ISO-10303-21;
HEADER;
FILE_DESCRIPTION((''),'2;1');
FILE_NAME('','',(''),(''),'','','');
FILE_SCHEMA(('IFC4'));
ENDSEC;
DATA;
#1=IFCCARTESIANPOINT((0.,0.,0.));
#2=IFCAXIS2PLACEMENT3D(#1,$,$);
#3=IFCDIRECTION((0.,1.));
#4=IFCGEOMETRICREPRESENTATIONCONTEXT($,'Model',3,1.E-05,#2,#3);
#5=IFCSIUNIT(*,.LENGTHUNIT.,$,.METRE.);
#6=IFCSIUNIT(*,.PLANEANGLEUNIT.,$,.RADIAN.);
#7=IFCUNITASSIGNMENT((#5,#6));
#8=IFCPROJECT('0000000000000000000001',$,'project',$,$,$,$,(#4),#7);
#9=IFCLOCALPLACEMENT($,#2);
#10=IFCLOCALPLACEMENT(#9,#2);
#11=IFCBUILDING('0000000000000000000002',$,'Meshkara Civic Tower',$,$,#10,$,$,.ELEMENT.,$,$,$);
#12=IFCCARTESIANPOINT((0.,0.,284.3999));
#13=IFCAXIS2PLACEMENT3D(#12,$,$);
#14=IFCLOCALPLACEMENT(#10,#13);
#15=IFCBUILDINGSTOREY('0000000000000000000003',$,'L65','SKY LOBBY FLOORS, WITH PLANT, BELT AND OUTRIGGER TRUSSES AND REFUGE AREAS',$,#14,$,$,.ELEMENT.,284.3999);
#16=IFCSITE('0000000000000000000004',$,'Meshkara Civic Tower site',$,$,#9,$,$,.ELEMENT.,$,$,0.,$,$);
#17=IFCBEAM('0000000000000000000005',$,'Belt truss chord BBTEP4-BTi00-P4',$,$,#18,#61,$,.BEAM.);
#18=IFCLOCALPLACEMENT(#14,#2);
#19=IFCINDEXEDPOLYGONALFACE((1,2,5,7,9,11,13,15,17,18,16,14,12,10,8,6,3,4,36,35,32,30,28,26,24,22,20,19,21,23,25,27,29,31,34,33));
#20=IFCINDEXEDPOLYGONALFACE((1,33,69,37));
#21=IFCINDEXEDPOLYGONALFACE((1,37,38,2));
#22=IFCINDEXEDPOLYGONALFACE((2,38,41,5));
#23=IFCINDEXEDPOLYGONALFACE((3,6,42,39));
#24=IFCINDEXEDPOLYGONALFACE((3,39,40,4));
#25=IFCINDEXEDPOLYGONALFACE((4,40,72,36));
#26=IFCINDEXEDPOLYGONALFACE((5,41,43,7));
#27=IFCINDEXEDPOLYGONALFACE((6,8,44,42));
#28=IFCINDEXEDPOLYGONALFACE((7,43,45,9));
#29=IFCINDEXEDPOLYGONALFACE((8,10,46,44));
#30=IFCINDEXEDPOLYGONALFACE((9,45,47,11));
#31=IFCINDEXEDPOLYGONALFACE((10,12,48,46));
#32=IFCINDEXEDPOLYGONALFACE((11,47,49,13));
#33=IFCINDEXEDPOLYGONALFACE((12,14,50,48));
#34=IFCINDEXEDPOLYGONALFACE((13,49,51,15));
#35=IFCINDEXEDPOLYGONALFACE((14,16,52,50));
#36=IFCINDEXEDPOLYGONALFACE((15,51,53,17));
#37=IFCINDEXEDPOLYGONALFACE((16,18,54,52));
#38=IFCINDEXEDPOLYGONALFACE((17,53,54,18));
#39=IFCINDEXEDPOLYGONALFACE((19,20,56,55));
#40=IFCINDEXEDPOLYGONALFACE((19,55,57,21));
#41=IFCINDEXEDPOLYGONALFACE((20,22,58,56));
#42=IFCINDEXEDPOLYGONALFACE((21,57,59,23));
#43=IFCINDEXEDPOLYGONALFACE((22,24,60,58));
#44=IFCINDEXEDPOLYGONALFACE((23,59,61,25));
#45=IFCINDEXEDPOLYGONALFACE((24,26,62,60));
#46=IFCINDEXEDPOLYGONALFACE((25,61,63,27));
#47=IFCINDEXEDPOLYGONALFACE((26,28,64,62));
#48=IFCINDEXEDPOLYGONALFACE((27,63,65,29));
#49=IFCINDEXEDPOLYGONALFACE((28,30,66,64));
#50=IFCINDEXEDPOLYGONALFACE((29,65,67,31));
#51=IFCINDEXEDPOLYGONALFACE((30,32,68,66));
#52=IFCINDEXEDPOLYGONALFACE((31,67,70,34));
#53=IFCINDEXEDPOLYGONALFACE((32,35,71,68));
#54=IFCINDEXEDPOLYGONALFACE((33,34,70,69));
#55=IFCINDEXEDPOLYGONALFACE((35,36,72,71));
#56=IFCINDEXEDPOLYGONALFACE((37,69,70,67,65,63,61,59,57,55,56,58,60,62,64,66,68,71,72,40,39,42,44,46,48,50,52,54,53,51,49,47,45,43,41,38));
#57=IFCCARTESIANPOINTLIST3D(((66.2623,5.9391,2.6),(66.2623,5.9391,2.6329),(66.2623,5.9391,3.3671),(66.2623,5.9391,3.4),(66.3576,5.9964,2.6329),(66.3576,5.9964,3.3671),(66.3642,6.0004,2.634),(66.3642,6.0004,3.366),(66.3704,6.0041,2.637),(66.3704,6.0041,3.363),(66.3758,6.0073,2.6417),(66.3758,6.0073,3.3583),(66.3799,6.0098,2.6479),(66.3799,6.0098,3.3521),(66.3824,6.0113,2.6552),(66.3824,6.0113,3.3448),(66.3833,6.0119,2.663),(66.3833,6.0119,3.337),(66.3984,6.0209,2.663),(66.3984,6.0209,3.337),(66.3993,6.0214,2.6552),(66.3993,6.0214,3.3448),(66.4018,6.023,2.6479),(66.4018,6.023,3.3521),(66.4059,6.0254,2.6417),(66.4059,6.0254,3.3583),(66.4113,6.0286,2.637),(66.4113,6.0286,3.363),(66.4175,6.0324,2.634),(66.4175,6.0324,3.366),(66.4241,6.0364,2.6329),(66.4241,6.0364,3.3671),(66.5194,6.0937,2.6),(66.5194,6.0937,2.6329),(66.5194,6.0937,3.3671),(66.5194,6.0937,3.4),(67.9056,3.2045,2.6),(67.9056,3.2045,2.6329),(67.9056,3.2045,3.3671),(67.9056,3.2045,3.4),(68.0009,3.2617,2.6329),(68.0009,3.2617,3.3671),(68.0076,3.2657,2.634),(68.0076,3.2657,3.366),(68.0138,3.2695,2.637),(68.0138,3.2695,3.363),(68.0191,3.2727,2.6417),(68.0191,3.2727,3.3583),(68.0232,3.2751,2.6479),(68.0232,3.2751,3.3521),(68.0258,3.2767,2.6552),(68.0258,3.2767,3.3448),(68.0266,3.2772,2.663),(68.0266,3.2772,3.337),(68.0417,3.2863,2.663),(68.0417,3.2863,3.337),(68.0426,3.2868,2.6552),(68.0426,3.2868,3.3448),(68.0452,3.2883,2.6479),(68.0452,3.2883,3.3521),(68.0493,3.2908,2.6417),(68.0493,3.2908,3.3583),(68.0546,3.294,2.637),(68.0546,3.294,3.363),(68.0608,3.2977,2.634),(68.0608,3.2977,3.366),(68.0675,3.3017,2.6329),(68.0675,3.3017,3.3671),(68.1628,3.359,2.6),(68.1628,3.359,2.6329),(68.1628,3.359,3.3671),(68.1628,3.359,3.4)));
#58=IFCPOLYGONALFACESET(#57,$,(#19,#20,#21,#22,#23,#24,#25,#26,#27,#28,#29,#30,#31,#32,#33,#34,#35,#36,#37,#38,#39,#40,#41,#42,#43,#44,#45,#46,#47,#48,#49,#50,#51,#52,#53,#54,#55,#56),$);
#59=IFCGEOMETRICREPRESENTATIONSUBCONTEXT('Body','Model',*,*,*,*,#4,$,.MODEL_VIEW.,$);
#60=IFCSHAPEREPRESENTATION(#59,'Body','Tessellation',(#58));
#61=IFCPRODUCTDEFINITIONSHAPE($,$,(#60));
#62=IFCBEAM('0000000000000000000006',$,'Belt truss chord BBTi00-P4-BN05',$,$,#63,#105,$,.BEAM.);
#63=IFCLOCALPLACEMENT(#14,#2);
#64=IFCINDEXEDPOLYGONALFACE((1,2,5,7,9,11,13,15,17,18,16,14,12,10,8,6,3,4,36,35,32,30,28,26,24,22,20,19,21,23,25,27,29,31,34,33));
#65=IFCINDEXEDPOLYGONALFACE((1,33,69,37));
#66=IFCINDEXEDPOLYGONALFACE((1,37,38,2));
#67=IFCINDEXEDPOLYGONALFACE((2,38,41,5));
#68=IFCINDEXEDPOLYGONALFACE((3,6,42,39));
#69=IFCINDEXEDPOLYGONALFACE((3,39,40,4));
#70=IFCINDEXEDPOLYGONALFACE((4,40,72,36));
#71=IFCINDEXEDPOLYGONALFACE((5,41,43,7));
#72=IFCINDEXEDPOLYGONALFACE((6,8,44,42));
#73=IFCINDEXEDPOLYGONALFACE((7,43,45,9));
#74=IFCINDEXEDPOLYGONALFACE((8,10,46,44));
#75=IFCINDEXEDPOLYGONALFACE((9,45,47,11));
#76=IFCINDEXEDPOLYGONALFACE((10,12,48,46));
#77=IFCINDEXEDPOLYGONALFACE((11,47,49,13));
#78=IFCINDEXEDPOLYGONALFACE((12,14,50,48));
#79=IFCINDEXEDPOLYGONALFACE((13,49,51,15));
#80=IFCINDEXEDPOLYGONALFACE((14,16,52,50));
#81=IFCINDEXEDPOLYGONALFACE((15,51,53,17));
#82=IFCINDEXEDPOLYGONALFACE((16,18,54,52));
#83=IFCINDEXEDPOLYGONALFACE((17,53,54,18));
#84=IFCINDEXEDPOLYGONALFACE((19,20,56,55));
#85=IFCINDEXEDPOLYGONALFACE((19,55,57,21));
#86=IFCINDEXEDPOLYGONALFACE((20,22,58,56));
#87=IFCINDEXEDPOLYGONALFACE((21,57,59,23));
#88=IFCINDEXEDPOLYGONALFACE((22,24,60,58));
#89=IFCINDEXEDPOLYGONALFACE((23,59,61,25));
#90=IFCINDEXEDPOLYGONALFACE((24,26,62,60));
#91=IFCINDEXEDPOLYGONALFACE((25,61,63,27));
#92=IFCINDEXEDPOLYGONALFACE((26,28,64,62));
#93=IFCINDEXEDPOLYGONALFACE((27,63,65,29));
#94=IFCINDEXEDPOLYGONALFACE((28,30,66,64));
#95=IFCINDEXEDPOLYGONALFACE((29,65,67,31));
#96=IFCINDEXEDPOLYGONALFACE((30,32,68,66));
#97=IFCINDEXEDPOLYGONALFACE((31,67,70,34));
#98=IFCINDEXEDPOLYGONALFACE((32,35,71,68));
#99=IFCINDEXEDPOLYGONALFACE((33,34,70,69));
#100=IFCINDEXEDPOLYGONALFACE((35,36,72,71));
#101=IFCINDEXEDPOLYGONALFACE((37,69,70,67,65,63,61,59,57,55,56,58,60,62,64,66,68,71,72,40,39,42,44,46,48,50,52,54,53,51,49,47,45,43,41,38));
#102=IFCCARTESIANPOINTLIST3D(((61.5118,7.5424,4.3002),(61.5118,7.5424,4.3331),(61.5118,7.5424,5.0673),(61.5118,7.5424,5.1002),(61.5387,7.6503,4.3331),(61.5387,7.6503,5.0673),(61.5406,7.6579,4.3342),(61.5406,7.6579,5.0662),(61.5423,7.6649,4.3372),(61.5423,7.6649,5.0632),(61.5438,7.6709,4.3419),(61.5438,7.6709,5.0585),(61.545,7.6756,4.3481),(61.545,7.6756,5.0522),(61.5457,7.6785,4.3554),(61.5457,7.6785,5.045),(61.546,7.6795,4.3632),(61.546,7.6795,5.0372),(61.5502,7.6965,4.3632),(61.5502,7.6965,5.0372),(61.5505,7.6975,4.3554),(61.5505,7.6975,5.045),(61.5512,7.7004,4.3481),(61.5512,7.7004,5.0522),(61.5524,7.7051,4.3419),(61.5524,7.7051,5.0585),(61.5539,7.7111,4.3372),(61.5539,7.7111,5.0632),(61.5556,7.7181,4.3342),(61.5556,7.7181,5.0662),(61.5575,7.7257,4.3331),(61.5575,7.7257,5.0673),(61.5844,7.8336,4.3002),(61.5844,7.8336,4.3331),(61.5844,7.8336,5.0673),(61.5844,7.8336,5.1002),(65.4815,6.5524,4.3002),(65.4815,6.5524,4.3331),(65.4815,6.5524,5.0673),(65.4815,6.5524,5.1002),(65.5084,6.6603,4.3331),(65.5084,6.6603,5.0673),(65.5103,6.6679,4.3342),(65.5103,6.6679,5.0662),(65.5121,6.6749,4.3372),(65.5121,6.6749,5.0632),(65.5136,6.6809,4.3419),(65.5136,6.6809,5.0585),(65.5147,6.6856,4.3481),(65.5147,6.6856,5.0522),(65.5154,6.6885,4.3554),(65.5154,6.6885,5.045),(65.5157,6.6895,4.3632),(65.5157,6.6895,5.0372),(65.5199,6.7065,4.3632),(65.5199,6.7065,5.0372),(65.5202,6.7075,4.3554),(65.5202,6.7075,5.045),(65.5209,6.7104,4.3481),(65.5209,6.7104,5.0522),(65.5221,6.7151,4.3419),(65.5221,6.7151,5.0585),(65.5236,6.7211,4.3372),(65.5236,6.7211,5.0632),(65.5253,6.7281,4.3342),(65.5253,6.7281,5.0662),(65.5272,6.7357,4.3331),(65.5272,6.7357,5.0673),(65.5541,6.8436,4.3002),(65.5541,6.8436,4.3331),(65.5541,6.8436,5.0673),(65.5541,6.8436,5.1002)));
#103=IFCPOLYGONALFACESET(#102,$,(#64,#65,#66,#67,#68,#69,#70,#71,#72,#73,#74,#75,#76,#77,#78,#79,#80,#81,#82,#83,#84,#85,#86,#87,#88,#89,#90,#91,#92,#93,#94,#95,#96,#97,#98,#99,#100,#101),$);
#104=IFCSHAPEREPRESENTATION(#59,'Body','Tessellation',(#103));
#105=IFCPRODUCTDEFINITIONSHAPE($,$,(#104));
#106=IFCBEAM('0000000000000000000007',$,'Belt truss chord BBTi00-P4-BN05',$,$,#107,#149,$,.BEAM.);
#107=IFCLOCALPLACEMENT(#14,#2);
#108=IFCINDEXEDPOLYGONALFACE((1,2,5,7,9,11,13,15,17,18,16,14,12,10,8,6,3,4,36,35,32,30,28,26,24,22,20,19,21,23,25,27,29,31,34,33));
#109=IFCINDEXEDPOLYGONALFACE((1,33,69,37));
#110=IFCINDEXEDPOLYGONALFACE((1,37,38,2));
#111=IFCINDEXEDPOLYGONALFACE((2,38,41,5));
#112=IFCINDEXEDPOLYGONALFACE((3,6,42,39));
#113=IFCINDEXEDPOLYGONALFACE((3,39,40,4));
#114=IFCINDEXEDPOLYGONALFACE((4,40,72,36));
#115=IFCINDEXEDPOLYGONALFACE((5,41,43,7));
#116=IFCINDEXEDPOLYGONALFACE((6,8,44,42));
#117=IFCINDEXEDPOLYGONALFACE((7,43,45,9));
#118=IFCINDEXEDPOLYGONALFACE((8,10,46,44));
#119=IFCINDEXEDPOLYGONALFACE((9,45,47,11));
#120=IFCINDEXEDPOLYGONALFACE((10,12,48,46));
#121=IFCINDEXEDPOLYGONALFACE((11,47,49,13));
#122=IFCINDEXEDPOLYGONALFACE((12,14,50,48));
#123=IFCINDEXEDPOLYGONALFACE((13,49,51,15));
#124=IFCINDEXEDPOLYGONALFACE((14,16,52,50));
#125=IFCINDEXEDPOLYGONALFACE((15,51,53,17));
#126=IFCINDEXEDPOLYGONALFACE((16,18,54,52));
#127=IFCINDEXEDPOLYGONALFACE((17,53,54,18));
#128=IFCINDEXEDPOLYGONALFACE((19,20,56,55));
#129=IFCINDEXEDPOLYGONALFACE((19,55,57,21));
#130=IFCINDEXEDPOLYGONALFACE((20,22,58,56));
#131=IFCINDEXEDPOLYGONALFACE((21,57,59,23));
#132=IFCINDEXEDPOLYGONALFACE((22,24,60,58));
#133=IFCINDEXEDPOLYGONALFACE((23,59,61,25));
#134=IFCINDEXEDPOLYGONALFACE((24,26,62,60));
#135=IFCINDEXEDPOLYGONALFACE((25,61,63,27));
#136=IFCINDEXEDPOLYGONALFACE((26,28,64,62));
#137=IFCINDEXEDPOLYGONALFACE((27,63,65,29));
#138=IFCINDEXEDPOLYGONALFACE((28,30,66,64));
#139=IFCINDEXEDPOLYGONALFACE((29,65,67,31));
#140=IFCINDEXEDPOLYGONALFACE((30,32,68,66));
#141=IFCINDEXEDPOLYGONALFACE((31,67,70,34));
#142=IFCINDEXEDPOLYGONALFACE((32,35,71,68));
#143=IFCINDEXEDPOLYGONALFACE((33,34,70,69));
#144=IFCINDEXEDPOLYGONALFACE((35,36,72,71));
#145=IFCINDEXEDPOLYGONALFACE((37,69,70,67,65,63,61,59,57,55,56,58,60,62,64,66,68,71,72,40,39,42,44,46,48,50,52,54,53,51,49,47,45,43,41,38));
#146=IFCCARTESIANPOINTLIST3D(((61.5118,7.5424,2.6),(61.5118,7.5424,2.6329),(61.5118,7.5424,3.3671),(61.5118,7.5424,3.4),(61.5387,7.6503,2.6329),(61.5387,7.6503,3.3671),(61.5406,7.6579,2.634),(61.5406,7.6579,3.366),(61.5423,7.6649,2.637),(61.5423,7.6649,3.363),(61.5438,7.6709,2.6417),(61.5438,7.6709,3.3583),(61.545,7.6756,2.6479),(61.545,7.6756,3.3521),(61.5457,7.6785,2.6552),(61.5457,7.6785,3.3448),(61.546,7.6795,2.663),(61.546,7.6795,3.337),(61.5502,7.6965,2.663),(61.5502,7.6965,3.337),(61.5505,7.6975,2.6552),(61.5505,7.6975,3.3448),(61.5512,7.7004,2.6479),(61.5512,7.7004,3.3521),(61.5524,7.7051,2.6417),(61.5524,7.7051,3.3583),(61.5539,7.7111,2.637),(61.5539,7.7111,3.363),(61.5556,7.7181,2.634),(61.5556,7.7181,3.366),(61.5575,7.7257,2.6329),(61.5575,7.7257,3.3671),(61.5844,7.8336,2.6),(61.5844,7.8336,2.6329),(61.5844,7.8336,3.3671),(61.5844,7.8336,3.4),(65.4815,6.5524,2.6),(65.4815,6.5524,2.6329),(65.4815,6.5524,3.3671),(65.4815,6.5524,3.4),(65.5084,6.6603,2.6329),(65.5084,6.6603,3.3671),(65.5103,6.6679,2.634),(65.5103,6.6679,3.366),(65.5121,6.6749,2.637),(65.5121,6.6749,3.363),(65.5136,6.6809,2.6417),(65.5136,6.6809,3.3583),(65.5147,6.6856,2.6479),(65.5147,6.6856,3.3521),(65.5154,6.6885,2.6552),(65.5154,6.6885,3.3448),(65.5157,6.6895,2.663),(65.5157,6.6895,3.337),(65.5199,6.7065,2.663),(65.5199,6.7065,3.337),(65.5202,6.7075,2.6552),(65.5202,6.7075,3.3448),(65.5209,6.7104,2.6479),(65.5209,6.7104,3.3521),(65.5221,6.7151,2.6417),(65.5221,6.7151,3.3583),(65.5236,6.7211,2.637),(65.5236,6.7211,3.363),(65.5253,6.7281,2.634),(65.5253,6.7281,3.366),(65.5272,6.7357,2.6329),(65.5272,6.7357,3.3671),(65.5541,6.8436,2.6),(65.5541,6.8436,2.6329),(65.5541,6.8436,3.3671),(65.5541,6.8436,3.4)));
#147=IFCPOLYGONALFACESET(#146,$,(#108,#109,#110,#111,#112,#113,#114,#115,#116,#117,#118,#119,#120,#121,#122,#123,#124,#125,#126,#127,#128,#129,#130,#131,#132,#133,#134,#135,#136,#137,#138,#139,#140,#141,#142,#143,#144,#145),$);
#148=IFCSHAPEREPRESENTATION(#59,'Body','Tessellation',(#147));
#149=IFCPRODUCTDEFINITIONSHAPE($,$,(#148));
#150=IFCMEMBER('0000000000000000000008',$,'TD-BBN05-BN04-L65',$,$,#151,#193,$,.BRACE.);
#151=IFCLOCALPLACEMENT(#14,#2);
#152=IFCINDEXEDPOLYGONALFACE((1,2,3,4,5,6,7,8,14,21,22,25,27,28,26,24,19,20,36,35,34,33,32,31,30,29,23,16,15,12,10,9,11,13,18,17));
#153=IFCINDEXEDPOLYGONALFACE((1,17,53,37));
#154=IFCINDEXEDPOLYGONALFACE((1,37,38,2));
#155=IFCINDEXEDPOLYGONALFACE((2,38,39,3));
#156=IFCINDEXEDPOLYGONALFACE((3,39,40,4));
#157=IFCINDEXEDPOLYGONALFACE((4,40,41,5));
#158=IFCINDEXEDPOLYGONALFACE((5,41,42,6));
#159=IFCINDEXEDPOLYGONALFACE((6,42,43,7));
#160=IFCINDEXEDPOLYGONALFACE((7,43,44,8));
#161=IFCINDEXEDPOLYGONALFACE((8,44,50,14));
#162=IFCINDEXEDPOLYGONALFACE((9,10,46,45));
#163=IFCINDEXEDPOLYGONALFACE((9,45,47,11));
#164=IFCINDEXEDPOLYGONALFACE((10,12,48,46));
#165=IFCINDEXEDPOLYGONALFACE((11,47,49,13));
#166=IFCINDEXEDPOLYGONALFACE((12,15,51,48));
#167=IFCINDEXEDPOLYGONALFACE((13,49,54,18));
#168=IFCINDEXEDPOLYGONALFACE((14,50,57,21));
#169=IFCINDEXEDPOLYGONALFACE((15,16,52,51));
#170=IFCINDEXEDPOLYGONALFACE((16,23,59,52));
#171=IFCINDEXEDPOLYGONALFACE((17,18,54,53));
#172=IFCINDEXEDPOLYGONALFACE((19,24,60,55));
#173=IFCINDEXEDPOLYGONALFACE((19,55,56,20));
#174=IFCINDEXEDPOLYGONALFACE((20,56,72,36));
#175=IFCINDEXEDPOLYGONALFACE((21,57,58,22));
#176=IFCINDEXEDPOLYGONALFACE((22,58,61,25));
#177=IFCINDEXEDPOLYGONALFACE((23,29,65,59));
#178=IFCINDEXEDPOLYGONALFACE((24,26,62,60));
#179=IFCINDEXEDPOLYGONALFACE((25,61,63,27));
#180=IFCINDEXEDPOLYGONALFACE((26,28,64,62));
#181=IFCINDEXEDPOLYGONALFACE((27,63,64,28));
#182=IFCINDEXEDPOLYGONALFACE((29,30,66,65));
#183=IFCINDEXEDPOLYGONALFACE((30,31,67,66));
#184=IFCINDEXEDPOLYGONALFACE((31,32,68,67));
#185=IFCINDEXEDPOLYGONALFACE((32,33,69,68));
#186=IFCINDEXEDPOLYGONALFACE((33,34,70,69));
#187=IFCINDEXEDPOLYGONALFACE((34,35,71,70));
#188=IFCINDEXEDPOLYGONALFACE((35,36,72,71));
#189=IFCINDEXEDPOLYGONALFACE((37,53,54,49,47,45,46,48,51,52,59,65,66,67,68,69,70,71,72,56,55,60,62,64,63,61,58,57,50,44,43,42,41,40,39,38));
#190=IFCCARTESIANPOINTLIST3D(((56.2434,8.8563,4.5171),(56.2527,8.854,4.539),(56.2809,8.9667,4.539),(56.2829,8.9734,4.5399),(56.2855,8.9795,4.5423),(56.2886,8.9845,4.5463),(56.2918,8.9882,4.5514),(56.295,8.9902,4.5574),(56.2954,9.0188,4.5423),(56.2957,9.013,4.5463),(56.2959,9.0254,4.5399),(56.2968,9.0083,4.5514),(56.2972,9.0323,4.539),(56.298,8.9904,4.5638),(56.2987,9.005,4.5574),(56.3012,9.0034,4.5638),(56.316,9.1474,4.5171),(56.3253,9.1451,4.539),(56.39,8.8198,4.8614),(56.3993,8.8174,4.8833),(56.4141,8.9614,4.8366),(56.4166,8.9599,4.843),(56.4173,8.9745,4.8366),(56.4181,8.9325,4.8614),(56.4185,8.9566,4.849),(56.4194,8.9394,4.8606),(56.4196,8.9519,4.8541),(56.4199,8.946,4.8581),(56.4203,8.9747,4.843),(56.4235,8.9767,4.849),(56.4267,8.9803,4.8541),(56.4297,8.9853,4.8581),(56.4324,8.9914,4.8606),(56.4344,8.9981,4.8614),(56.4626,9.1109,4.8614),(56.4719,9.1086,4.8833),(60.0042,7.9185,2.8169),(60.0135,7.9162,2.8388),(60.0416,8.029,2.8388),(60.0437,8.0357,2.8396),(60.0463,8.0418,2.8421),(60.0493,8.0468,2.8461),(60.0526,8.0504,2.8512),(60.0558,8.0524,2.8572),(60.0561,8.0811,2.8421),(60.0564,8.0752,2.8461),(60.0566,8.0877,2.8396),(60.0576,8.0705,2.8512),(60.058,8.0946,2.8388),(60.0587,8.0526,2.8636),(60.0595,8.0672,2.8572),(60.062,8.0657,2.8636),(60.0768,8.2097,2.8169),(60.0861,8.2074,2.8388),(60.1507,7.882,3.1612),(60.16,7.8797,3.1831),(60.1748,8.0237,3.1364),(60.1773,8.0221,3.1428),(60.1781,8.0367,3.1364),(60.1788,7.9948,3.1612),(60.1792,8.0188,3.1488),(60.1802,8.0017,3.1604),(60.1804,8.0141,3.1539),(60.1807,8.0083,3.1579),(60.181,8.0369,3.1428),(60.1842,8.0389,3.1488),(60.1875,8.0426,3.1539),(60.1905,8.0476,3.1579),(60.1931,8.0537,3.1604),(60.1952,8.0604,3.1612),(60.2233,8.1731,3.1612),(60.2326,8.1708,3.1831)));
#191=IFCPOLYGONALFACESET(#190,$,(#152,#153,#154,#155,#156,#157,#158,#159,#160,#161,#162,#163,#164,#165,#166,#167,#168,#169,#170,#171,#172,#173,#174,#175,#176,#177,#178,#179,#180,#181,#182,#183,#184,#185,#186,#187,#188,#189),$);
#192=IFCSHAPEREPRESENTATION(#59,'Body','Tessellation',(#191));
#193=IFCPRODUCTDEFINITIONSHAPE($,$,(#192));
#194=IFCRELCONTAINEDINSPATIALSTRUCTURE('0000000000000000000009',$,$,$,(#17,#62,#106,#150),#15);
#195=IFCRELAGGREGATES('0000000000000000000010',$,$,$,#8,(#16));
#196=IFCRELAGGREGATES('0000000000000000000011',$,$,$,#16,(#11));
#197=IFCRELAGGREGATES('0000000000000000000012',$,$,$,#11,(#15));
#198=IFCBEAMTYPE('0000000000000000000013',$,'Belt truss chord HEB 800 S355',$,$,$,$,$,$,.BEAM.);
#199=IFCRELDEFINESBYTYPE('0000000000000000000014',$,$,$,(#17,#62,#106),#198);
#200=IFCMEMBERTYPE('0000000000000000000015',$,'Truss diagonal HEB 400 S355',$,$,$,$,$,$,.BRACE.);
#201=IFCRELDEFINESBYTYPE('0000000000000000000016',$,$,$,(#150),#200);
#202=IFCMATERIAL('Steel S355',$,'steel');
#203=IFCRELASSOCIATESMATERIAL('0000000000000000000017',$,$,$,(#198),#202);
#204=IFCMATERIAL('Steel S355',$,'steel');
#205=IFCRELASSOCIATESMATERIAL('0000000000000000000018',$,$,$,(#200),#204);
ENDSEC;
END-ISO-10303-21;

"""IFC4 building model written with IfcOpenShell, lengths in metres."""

from ifc_helpers import new_model, si_unit, direction, frame, origin, origin_2d, place, context, subcontext, project, spatial, i_section, extrude, material, material_profile, profile_set, type_object, element, save


model = new_model("IFC4")

# Units and contexts
model_context = context("Model", 3, precision=1e-05, world=origin(), true_north=direction((0.0, 1.0)))
body_context = subcontext(model_context, "Body", "Model", "MODEL_VIEW")
ifc_project = project(units=[si_unit("LENGTHUNIT", "METRE"), si_unit("PLANEANGLEUNIT", "RADIAN")], contexts=[model_context])

# Site, building, storey
site_placement = place(None, origin())
site = spatial("IfcSite", under=ifc_project, at=site_placement, Name="Meshkara Civic Tower site", CompositionType="ELEMENT", RefElevation=0.0)
building_placement = place(site_placement, origin())
building = spatial("IfcBuilding", under=site, at=building_placement, Name="Meshkara Civic Tower", CompositionType="ELEMENT")
storey_placement = place(building_placement, frame((0.0, 0.0, 284.3999)))
storey = spatial("IfcBuildingStorey", under=building, at=storey_placement, Name="L65", Description="SKY LOBBY FLOORS, WITH PLANT, BELT AND OUTRIGGER TRUSSES AND REFUGE AREAS", CompositionType="ELEMENT", Elevation=284.3999)

# Beams
ifc_material_1 = material(Name="Steel S355", Category="steel")
ifc_material_profile_1 = material_profile(ifc_material_1, i_section(OverallWidth=0.3, OverallDepth=0.8, WebThickness=0.0176, FlangeThickness=0.033, FilletRadius=0.03, at=origin_2d()))
ifc_profile_set_1 = profile_set([ifc_material_profile_1], Name="Steel S355")
beam_type = type_object("IfcBeamType", Name="Belt truss chord HEB 800 S355", PredefinedType="BEAM", material=ifc_profile_set_1)
for number, where, z_axis, x_axis, name in (
    (1, (68.0342, 3.2817, 3.0), (-0.515081, 0.857142, 0.0), (-0.857142, -0.515081, 0.0), "Belt truss chord BBTEP4-BTi00-P4"),
):
    element("IfcBeam", number, at=place(storey_placement, frame(where, z_axis=z_axis, x_axis=x_axis)), inside=storey, type_object=beam_type, Name=name, PredefinedType="BEAM", context=body_context, shape_type="SweptSolid", body=[
        extrude(i_section(OverallWidth=0.3, OverallDepth=0.8, WebThickness=0.0176, FlangeThickness=0.033, FilletRadius=0.03, at=origin_2d()), origin(), (0.0, 0.0, 1.0), 3.1904),
    ])
for number, where, z_axis, x_axis, name in (
    (2, (65.5178, 6.698, 4.7002), (-0.970283, 0.241974, 0.0), (-0.241974, -0.970283, 0.0), "Belt truss chord BBTi00-P4-BN05"),
    (3, (65.5178, 6.698, 3.0), (-0.970283, 0.241974, 0.0), (-0.241974, -0.970283, 0.0), "Belt truss chord BBTi00-P4-BN05"),
):
    element("IfcBeam", number, at=place(storey_placement, frame(where, z_axis=z_axis, x_axis=x_axis)), inside=storey, type_object=beam_type, Name=name, PredefinedType="BEAM", context=body_context, shape_type="SweptSolid", body=[
        extrude(i_section(OverallWidth=0.3, OverallDepth=0.8, WebThickness=0.0176, FlangeThickness=0.033, FilletRadius=0.03, at=origin_2d()), origin(), (0.0, 0.0, 1.0), 4.0913),
    ])

# Member
ifc_material_2 = material(Name="Steel S355", Category="steel")
ifc_material_profile_2 = material_profile(ifc_material_2, i_section(OverallWidth=0.3, OverallDepth=0.3999, WebThickness=0.0134, FlangeThickness=0.0239, FilletRadius=0.0271, at=origin_2d()))
ifc_profile_set_2 = profile_set([ifc_material_profile_2], Name="Steel S355")
member_type = type_object("IfcMemberType", Name="Truss diagonal HEB 400 S355", PredefinedType="BRACE", material=ifc_profile_set_2)
member_1_placement = place(storey_placement, frame((60.1184, 8.0447, 3.0), z_axis=(-0.88856, 0.221563, 0.40171), x_axis=(-0.241943, -0.970291, 0.0)))
element("IfcMember", 4, at=member_1_placement, inside=storey, type_object=member_type, Name="TD-BBN05-BN04-L65", PredefinedType="BRACE", context=body_context, shape_type="SweptSolid", body=[
    extrude(i_section(OverallWidth=0.3, OverallDepth=0.3999, WebThickness=0.0134, FlangeThickness=0.0239, FilletRadius=0.0271, at=origin_2d()), origin(), (0.0, 0.0, 1.0), 4.2324),
])

save(model, "model.ifc")
